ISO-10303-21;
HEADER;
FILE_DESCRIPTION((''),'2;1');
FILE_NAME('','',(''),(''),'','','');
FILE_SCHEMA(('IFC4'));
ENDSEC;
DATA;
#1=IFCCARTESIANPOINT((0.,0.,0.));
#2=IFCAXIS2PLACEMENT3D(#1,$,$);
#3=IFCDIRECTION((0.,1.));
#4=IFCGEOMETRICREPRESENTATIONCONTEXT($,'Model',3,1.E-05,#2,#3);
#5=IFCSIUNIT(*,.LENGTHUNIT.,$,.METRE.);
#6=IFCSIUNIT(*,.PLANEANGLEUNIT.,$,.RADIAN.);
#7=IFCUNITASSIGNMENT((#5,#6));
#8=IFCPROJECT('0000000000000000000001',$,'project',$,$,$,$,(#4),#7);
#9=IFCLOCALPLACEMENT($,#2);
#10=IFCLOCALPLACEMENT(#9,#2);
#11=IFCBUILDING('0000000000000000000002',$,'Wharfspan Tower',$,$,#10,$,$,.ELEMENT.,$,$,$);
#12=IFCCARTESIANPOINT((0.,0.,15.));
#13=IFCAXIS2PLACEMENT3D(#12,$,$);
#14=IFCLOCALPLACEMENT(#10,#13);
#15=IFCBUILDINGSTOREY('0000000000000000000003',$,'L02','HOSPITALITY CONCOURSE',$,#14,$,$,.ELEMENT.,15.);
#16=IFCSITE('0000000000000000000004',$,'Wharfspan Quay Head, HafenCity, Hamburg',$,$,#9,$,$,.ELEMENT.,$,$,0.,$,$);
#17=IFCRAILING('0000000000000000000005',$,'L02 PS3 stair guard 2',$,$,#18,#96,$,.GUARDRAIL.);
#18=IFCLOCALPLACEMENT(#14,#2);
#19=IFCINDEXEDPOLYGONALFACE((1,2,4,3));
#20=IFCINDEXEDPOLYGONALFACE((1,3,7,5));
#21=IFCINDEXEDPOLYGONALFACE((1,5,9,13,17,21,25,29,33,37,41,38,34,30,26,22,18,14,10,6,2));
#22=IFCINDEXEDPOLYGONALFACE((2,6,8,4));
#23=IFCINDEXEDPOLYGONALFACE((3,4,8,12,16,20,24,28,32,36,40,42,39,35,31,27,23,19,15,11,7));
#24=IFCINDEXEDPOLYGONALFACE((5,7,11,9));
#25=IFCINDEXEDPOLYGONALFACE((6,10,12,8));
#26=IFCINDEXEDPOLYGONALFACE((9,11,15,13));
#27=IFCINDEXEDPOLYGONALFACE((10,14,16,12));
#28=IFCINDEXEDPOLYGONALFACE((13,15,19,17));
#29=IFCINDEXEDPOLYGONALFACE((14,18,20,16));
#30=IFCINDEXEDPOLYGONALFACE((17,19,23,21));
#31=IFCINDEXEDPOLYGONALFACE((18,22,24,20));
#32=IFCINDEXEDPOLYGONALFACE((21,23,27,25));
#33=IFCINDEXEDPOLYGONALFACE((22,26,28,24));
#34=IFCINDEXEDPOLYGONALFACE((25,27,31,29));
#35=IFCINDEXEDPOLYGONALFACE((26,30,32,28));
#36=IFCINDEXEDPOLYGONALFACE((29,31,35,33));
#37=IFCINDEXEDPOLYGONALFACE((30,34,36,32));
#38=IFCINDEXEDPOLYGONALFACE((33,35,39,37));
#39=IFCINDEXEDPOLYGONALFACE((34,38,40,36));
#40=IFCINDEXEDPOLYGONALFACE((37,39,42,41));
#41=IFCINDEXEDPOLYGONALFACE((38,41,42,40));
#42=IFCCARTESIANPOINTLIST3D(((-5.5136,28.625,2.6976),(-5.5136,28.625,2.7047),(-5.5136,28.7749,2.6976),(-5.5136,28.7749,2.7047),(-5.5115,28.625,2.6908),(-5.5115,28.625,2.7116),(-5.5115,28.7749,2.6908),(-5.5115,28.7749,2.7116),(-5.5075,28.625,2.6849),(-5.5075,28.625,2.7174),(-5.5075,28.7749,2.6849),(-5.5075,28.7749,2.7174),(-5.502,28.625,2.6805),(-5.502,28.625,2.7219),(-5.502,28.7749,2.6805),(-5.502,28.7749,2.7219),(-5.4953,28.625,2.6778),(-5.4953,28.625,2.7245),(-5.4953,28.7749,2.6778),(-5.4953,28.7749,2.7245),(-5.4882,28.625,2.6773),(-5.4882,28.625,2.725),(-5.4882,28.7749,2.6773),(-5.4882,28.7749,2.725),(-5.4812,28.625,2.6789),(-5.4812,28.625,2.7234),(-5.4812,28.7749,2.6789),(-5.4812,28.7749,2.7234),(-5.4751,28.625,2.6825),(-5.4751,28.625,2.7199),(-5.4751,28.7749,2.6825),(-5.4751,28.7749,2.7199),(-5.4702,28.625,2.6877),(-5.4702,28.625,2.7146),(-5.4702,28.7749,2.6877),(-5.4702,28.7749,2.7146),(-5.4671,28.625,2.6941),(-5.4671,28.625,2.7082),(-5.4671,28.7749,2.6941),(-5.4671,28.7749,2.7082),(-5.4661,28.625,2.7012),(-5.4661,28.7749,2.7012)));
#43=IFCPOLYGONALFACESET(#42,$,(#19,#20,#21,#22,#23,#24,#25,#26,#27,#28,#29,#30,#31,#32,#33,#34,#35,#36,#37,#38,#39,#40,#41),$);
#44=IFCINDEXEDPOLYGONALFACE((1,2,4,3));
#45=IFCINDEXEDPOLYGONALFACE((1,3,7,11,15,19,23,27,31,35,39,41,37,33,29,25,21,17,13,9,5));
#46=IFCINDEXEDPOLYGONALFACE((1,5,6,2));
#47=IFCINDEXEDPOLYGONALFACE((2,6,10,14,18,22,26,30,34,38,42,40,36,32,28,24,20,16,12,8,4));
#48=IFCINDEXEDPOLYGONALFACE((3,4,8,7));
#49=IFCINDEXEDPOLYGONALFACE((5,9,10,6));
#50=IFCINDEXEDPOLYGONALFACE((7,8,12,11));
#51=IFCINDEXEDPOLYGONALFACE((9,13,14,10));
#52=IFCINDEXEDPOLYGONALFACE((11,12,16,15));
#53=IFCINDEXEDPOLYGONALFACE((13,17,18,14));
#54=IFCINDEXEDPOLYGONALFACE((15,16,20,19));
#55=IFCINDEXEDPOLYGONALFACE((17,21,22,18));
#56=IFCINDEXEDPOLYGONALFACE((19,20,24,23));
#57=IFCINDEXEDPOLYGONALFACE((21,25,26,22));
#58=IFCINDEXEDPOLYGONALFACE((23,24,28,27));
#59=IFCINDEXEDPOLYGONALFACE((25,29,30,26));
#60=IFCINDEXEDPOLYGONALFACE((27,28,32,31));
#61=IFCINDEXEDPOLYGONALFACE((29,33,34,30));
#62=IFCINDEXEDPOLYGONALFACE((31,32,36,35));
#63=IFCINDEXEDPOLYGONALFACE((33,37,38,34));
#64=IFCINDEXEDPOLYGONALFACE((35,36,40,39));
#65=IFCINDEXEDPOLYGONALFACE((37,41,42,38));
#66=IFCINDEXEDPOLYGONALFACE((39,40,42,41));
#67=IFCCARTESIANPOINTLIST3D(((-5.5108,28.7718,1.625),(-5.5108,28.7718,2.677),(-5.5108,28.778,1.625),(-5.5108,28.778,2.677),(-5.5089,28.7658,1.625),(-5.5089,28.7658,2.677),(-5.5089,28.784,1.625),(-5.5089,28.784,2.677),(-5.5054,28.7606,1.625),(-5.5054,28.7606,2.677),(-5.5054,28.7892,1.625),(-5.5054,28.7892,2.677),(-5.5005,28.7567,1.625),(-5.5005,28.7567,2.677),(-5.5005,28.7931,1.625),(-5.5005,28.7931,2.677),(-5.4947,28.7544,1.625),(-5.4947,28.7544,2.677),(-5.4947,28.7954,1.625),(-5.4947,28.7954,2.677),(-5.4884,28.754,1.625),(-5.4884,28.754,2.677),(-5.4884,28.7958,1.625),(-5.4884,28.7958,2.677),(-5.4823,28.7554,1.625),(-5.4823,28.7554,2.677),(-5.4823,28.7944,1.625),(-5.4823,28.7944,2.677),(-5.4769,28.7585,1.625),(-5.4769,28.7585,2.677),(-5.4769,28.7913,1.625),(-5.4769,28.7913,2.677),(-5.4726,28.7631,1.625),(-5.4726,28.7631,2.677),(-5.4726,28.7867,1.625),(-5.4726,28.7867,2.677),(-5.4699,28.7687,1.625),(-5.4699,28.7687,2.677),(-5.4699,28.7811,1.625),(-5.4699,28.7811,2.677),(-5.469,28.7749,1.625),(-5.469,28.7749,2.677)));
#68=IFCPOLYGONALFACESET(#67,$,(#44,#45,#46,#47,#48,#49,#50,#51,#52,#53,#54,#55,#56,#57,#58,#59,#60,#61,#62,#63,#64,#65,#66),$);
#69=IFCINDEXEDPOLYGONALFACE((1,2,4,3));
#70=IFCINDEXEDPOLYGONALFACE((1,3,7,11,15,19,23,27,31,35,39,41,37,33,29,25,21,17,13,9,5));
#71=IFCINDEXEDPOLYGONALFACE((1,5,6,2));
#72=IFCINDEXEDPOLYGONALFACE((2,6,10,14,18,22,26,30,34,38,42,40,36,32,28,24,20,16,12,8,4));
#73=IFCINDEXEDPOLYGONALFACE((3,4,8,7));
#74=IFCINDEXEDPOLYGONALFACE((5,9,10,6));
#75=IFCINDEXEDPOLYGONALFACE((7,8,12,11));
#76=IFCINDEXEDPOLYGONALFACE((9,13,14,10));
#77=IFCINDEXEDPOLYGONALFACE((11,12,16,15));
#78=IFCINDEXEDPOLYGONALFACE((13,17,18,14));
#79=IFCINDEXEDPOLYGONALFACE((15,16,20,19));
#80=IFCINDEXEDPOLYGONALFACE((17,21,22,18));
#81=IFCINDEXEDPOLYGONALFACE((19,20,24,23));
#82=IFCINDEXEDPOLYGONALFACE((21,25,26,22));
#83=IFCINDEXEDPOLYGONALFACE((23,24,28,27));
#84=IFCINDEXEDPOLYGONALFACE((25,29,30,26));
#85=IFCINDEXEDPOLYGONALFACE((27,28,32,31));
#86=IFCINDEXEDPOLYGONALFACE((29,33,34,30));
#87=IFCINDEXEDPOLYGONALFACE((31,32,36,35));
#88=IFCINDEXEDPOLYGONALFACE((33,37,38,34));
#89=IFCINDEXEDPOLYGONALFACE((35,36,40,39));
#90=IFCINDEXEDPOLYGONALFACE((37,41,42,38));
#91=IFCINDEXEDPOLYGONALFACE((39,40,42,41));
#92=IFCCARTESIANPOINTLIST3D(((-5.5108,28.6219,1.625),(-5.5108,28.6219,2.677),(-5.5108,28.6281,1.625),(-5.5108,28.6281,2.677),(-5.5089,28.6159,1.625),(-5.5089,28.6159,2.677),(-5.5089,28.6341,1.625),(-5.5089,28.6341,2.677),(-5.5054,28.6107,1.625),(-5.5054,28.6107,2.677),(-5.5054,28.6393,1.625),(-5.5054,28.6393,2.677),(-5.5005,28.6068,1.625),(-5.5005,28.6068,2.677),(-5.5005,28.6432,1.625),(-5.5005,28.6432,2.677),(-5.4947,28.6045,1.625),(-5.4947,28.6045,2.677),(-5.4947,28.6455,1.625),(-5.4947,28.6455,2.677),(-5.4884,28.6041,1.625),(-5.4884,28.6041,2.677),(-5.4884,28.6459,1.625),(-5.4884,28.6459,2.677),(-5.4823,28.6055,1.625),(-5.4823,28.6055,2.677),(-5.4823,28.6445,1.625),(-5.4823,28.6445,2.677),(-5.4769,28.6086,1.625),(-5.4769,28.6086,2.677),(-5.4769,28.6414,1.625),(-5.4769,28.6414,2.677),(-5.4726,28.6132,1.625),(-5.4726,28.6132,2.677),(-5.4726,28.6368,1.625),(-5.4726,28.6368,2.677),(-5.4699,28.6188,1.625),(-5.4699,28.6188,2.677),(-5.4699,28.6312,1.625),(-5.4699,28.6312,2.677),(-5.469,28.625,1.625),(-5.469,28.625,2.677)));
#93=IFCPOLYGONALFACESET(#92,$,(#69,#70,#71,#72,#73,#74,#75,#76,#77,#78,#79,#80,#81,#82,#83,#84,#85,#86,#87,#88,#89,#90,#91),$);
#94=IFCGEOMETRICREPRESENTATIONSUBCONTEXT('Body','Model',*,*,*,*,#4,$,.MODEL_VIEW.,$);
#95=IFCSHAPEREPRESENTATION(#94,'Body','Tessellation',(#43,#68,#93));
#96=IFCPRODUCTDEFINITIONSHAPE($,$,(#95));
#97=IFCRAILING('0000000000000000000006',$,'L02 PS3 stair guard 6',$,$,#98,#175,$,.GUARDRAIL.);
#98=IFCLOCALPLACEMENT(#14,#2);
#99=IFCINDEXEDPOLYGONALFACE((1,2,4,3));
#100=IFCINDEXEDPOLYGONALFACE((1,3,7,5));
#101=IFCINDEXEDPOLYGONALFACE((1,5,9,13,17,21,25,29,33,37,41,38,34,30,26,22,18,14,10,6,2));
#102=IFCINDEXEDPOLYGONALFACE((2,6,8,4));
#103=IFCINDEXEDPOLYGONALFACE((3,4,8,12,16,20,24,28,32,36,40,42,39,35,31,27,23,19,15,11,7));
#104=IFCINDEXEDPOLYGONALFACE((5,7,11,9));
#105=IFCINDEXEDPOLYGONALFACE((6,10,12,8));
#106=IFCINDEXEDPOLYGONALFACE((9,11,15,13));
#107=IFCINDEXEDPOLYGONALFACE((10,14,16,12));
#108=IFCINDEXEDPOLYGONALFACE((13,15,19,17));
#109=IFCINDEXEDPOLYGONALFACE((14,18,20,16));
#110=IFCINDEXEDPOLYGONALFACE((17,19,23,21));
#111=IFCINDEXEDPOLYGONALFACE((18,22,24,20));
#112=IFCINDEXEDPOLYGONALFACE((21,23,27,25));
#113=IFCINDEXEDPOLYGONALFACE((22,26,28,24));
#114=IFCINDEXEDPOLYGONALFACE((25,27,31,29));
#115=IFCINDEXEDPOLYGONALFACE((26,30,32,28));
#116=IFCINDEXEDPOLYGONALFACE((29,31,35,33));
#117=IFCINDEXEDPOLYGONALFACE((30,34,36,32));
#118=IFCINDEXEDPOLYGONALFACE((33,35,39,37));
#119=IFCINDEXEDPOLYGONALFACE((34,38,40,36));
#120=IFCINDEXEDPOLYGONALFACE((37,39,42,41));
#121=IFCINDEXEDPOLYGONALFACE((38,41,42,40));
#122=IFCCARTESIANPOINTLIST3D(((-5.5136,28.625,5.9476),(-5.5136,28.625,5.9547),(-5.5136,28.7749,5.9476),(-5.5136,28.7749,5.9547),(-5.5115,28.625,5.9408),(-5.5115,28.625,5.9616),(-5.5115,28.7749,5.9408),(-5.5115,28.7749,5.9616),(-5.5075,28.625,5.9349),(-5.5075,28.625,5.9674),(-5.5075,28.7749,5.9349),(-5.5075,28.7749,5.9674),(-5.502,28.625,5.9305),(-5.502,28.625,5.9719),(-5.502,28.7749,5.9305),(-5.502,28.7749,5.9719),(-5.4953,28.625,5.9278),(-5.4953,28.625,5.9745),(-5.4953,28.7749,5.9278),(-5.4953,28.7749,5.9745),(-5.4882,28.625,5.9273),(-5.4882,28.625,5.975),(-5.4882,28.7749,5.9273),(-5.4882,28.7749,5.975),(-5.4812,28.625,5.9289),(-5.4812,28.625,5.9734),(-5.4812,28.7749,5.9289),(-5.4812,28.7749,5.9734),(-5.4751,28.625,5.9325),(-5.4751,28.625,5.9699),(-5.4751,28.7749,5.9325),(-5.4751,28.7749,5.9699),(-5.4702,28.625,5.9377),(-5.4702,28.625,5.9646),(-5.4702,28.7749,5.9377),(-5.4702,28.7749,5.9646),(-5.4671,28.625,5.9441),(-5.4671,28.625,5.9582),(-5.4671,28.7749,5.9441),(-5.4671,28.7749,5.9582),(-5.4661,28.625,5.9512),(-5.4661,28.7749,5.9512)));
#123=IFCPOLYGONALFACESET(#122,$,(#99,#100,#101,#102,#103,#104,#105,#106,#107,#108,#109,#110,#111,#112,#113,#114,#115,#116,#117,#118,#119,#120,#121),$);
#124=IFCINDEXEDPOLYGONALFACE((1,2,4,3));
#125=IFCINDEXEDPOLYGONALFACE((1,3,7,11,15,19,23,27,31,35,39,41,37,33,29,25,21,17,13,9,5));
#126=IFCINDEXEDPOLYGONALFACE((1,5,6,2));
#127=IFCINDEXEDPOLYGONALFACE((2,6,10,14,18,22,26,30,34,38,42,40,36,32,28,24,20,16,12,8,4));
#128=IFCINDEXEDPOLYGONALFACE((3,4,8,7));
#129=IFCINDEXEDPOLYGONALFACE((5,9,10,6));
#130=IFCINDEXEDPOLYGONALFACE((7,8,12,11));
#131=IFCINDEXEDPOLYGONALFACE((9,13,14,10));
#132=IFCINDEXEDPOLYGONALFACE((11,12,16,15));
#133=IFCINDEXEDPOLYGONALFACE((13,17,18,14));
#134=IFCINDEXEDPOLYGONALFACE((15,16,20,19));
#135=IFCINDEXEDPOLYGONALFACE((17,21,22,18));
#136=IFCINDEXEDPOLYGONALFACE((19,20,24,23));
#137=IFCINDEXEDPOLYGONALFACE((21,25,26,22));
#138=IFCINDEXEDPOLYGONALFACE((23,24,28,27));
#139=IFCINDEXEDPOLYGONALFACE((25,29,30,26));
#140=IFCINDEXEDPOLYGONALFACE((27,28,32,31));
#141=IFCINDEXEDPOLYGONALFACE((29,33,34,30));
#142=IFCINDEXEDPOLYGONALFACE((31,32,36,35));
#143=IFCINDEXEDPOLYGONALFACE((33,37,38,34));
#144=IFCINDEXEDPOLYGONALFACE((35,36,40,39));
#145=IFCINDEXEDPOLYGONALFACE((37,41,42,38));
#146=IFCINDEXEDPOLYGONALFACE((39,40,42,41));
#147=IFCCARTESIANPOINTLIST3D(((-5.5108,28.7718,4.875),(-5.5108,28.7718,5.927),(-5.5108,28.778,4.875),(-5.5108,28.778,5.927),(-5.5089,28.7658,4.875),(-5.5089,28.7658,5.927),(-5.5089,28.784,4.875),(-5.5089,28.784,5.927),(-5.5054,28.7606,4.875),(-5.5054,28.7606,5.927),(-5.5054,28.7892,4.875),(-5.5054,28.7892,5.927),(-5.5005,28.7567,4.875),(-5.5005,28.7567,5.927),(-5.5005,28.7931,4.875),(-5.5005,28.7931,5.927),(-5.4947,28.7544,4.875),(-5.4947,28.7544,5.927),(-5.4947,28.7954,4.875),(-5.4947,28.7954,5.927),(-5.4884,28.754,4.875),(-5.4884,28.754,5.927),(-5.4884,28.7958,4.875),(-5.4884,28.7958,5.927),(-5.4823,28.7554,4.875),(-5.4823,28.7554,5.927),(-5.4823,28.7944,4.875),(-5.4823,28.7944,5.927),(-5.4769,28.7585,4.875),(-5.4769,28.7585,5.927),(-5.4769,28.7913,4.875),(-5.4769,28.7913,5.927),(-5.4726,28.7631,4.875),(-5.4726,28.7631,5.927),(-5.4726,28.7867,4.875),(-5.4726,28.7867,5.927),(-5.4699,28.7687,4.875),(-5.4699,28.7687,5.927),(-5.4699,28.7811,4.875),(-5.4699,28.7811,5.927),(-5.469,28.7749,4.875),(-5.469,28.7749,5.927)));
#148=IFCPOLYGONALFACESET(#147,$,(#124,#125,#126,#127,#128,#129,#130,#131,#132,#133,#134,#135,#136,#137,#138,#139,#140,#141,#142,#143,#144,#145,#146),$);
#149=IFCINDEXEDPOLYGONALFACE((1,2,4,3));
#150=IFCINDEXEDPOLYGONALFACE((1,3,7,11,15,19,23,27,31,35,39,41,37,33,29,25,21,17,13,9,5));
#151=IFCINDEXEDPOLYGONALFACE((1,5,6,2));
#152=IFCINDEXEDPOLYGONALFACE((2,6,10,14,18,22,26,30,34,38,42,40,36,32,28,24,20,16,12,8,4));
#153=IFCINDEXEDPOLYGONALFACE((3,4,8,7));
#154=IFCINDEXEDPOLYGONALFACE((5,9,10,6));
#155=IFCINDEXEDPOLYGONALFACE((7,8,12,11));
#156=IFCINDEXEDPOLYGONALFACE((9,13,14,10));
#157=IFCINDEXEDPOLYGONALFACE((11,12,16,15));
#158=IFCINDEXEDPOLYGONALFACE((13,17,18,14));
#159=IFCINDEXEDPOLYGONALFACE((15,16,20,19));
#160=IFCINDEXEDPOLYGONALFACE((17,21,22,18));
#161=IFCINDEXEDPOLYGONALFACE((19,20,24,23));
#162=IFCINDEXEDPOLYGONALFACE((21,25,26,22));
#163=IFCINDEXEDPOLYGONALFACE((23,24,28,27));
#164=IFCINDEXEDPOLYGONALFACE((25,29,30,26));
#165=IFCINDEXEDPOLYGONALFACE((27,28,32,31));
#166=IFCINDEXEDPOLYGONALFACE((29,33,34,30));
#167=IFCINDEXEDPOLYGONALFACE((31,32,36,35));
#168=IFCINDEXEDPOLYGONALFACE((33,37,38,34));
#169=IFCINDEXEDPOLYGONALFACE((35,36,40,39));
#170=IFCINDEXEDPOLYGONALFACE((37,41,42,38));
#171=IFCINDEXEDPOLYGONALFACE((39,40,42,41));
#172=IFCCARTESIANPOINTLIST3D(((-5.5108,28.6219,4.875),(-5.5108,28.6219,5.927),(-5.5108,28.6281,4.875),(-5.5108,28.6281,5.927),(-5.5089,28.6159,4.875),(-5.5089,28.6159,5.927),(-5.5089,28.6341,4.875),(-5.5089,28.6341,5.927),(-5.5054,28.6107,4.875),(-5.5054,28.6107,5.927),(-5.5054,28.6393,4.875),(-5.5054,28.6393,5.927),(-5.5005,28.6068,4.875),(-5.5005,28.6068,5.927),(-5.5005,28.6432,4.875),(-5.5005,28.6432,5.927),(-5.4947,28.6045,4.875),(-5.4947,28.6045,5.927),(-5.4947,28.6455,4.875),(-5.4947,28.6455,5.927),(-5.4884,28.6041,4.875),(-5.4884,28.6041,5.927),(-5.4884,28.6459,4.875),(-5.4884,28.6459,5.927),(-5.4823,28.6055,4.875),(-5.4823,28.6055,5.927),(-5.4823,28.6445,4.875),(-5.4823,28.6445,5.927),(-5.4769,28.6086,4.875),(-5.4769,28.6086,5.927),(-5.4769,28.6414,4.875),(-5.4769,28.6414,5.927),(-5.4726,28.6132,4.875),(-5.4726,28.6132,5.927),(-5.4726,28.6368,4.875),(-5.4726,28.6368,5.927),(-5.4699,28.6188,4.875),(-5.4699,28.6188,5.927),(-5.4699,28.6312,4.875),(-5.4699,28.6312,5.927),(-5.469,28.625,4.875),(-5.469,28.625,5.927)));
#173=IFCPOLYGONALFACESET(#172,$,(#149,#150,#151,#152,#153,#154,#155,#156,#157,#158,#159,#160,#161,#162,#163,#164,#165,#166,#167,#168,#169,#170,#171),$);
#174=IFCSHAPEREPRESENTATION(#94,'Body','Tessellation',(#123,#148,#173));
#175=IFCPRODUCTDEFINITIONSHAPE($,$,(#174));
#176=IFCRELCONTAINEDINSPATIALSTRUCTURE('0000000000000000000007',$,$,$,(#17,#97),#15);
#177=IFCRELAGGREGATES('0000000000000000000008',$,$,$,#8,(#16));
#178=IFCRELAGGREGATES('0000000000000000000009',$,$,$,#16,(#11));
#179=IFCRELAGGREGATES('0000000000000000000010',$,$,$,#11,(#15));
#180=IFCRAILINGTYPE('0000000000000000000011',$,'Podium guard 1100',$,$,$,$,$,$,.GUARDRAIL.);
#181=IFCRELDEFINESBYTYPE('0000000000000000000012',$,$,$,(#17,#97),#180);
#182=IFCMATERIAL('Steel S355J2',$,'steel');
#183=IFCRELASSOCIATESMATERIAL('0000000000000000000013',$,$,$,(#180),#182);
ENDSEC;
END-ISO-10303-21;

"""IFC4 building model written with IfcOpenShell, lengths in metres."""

from ifc_helpers import new_model, si_unit, direction, frame, origin, origin_2d, place, context, subcontext, project, spatial, circle, extrude, material, type_object, element, save


model = new_model("IFC4")

# Units and contexts
model_context = context("Model", 3, precision=1e-05, world=origin(), true_north=direction((0.0, 1.0)))
body_context = subcontext(model_context, "Body", "Model", "MODEL_VIEW")
ifc_project = project(units=[si_unit("LENGTHUNIT", "METRE"), si_unit("PLANEANGLEUNIT", "RADIAN")], contexts=[model_context])

# Site, building, storey
site_placement = place(None, origin())
site = spatial("IfcSite", under=ifc_project, at=site_placement, Name="Wharfspan Quay Head, HafenCity, Hamburg", CompositionType="ELEMENT", RefElevation=0.0)
building_placement = place(site_placement, origin())
building = spatial("IfcBuilding", under=site, at=building_placement, Name="Wharfspan Tower", CompositionType="ELEMENT")
storey_placement = place(building_placement, frame((0.0, 0.0, 15.0)))
storey = spatial("IfcBuildingStorey", under=building, at=storey_placement, Name="L02", Description="HOSPITALITY CONCOURSE", CompositionType="ELEMENT", Elevation=15.0)

# Railings
ifc_material_1 = material(Name="Steel S355J2", Category="steel")
railing_type_1 = type_object("IfcRailingType", Name="Podium guard 1100", PredefinedType="GUARDRAIL", material=ifc_material_1)
for number, where, name in (
    (1, (-5.49, 28.7749, 1.625), "L02 PS3 stair guard 2"),
    (2, (-5.49, 28.7749, 4.875), "L02 PS3 stair guard 6"),
):
    element("IfcRailing", number, at=place(storey_placement, frame(where)), inside=storey, type_object=railing_type_1, Name=name, PredefinedType="GUARDRAIL", context=body_context, shape_type="SweptSolid", body=[
        extrude(circle(Radius=0.0239, at=origin_2d()), frame((0.0, 0.0, 1.0762), z_axis=(0.0, -1.0, 0.0), x_axis=(1.0, 0.0, 0.0)), (0.0, 0.0, 1.0), 0.1499),
        extrude(circle(Radius=0.021, at=origin_2d()), origin(), (0.0, 0.0, 1.0), 1.052),
        extrude(circle(Radius=0.021, at=origin_2d()), frame((0.0, -0.1499, 0.0)), (0.0, 0.0, 1.0), 1.052),
    ])

save(model, "model.ifc")
